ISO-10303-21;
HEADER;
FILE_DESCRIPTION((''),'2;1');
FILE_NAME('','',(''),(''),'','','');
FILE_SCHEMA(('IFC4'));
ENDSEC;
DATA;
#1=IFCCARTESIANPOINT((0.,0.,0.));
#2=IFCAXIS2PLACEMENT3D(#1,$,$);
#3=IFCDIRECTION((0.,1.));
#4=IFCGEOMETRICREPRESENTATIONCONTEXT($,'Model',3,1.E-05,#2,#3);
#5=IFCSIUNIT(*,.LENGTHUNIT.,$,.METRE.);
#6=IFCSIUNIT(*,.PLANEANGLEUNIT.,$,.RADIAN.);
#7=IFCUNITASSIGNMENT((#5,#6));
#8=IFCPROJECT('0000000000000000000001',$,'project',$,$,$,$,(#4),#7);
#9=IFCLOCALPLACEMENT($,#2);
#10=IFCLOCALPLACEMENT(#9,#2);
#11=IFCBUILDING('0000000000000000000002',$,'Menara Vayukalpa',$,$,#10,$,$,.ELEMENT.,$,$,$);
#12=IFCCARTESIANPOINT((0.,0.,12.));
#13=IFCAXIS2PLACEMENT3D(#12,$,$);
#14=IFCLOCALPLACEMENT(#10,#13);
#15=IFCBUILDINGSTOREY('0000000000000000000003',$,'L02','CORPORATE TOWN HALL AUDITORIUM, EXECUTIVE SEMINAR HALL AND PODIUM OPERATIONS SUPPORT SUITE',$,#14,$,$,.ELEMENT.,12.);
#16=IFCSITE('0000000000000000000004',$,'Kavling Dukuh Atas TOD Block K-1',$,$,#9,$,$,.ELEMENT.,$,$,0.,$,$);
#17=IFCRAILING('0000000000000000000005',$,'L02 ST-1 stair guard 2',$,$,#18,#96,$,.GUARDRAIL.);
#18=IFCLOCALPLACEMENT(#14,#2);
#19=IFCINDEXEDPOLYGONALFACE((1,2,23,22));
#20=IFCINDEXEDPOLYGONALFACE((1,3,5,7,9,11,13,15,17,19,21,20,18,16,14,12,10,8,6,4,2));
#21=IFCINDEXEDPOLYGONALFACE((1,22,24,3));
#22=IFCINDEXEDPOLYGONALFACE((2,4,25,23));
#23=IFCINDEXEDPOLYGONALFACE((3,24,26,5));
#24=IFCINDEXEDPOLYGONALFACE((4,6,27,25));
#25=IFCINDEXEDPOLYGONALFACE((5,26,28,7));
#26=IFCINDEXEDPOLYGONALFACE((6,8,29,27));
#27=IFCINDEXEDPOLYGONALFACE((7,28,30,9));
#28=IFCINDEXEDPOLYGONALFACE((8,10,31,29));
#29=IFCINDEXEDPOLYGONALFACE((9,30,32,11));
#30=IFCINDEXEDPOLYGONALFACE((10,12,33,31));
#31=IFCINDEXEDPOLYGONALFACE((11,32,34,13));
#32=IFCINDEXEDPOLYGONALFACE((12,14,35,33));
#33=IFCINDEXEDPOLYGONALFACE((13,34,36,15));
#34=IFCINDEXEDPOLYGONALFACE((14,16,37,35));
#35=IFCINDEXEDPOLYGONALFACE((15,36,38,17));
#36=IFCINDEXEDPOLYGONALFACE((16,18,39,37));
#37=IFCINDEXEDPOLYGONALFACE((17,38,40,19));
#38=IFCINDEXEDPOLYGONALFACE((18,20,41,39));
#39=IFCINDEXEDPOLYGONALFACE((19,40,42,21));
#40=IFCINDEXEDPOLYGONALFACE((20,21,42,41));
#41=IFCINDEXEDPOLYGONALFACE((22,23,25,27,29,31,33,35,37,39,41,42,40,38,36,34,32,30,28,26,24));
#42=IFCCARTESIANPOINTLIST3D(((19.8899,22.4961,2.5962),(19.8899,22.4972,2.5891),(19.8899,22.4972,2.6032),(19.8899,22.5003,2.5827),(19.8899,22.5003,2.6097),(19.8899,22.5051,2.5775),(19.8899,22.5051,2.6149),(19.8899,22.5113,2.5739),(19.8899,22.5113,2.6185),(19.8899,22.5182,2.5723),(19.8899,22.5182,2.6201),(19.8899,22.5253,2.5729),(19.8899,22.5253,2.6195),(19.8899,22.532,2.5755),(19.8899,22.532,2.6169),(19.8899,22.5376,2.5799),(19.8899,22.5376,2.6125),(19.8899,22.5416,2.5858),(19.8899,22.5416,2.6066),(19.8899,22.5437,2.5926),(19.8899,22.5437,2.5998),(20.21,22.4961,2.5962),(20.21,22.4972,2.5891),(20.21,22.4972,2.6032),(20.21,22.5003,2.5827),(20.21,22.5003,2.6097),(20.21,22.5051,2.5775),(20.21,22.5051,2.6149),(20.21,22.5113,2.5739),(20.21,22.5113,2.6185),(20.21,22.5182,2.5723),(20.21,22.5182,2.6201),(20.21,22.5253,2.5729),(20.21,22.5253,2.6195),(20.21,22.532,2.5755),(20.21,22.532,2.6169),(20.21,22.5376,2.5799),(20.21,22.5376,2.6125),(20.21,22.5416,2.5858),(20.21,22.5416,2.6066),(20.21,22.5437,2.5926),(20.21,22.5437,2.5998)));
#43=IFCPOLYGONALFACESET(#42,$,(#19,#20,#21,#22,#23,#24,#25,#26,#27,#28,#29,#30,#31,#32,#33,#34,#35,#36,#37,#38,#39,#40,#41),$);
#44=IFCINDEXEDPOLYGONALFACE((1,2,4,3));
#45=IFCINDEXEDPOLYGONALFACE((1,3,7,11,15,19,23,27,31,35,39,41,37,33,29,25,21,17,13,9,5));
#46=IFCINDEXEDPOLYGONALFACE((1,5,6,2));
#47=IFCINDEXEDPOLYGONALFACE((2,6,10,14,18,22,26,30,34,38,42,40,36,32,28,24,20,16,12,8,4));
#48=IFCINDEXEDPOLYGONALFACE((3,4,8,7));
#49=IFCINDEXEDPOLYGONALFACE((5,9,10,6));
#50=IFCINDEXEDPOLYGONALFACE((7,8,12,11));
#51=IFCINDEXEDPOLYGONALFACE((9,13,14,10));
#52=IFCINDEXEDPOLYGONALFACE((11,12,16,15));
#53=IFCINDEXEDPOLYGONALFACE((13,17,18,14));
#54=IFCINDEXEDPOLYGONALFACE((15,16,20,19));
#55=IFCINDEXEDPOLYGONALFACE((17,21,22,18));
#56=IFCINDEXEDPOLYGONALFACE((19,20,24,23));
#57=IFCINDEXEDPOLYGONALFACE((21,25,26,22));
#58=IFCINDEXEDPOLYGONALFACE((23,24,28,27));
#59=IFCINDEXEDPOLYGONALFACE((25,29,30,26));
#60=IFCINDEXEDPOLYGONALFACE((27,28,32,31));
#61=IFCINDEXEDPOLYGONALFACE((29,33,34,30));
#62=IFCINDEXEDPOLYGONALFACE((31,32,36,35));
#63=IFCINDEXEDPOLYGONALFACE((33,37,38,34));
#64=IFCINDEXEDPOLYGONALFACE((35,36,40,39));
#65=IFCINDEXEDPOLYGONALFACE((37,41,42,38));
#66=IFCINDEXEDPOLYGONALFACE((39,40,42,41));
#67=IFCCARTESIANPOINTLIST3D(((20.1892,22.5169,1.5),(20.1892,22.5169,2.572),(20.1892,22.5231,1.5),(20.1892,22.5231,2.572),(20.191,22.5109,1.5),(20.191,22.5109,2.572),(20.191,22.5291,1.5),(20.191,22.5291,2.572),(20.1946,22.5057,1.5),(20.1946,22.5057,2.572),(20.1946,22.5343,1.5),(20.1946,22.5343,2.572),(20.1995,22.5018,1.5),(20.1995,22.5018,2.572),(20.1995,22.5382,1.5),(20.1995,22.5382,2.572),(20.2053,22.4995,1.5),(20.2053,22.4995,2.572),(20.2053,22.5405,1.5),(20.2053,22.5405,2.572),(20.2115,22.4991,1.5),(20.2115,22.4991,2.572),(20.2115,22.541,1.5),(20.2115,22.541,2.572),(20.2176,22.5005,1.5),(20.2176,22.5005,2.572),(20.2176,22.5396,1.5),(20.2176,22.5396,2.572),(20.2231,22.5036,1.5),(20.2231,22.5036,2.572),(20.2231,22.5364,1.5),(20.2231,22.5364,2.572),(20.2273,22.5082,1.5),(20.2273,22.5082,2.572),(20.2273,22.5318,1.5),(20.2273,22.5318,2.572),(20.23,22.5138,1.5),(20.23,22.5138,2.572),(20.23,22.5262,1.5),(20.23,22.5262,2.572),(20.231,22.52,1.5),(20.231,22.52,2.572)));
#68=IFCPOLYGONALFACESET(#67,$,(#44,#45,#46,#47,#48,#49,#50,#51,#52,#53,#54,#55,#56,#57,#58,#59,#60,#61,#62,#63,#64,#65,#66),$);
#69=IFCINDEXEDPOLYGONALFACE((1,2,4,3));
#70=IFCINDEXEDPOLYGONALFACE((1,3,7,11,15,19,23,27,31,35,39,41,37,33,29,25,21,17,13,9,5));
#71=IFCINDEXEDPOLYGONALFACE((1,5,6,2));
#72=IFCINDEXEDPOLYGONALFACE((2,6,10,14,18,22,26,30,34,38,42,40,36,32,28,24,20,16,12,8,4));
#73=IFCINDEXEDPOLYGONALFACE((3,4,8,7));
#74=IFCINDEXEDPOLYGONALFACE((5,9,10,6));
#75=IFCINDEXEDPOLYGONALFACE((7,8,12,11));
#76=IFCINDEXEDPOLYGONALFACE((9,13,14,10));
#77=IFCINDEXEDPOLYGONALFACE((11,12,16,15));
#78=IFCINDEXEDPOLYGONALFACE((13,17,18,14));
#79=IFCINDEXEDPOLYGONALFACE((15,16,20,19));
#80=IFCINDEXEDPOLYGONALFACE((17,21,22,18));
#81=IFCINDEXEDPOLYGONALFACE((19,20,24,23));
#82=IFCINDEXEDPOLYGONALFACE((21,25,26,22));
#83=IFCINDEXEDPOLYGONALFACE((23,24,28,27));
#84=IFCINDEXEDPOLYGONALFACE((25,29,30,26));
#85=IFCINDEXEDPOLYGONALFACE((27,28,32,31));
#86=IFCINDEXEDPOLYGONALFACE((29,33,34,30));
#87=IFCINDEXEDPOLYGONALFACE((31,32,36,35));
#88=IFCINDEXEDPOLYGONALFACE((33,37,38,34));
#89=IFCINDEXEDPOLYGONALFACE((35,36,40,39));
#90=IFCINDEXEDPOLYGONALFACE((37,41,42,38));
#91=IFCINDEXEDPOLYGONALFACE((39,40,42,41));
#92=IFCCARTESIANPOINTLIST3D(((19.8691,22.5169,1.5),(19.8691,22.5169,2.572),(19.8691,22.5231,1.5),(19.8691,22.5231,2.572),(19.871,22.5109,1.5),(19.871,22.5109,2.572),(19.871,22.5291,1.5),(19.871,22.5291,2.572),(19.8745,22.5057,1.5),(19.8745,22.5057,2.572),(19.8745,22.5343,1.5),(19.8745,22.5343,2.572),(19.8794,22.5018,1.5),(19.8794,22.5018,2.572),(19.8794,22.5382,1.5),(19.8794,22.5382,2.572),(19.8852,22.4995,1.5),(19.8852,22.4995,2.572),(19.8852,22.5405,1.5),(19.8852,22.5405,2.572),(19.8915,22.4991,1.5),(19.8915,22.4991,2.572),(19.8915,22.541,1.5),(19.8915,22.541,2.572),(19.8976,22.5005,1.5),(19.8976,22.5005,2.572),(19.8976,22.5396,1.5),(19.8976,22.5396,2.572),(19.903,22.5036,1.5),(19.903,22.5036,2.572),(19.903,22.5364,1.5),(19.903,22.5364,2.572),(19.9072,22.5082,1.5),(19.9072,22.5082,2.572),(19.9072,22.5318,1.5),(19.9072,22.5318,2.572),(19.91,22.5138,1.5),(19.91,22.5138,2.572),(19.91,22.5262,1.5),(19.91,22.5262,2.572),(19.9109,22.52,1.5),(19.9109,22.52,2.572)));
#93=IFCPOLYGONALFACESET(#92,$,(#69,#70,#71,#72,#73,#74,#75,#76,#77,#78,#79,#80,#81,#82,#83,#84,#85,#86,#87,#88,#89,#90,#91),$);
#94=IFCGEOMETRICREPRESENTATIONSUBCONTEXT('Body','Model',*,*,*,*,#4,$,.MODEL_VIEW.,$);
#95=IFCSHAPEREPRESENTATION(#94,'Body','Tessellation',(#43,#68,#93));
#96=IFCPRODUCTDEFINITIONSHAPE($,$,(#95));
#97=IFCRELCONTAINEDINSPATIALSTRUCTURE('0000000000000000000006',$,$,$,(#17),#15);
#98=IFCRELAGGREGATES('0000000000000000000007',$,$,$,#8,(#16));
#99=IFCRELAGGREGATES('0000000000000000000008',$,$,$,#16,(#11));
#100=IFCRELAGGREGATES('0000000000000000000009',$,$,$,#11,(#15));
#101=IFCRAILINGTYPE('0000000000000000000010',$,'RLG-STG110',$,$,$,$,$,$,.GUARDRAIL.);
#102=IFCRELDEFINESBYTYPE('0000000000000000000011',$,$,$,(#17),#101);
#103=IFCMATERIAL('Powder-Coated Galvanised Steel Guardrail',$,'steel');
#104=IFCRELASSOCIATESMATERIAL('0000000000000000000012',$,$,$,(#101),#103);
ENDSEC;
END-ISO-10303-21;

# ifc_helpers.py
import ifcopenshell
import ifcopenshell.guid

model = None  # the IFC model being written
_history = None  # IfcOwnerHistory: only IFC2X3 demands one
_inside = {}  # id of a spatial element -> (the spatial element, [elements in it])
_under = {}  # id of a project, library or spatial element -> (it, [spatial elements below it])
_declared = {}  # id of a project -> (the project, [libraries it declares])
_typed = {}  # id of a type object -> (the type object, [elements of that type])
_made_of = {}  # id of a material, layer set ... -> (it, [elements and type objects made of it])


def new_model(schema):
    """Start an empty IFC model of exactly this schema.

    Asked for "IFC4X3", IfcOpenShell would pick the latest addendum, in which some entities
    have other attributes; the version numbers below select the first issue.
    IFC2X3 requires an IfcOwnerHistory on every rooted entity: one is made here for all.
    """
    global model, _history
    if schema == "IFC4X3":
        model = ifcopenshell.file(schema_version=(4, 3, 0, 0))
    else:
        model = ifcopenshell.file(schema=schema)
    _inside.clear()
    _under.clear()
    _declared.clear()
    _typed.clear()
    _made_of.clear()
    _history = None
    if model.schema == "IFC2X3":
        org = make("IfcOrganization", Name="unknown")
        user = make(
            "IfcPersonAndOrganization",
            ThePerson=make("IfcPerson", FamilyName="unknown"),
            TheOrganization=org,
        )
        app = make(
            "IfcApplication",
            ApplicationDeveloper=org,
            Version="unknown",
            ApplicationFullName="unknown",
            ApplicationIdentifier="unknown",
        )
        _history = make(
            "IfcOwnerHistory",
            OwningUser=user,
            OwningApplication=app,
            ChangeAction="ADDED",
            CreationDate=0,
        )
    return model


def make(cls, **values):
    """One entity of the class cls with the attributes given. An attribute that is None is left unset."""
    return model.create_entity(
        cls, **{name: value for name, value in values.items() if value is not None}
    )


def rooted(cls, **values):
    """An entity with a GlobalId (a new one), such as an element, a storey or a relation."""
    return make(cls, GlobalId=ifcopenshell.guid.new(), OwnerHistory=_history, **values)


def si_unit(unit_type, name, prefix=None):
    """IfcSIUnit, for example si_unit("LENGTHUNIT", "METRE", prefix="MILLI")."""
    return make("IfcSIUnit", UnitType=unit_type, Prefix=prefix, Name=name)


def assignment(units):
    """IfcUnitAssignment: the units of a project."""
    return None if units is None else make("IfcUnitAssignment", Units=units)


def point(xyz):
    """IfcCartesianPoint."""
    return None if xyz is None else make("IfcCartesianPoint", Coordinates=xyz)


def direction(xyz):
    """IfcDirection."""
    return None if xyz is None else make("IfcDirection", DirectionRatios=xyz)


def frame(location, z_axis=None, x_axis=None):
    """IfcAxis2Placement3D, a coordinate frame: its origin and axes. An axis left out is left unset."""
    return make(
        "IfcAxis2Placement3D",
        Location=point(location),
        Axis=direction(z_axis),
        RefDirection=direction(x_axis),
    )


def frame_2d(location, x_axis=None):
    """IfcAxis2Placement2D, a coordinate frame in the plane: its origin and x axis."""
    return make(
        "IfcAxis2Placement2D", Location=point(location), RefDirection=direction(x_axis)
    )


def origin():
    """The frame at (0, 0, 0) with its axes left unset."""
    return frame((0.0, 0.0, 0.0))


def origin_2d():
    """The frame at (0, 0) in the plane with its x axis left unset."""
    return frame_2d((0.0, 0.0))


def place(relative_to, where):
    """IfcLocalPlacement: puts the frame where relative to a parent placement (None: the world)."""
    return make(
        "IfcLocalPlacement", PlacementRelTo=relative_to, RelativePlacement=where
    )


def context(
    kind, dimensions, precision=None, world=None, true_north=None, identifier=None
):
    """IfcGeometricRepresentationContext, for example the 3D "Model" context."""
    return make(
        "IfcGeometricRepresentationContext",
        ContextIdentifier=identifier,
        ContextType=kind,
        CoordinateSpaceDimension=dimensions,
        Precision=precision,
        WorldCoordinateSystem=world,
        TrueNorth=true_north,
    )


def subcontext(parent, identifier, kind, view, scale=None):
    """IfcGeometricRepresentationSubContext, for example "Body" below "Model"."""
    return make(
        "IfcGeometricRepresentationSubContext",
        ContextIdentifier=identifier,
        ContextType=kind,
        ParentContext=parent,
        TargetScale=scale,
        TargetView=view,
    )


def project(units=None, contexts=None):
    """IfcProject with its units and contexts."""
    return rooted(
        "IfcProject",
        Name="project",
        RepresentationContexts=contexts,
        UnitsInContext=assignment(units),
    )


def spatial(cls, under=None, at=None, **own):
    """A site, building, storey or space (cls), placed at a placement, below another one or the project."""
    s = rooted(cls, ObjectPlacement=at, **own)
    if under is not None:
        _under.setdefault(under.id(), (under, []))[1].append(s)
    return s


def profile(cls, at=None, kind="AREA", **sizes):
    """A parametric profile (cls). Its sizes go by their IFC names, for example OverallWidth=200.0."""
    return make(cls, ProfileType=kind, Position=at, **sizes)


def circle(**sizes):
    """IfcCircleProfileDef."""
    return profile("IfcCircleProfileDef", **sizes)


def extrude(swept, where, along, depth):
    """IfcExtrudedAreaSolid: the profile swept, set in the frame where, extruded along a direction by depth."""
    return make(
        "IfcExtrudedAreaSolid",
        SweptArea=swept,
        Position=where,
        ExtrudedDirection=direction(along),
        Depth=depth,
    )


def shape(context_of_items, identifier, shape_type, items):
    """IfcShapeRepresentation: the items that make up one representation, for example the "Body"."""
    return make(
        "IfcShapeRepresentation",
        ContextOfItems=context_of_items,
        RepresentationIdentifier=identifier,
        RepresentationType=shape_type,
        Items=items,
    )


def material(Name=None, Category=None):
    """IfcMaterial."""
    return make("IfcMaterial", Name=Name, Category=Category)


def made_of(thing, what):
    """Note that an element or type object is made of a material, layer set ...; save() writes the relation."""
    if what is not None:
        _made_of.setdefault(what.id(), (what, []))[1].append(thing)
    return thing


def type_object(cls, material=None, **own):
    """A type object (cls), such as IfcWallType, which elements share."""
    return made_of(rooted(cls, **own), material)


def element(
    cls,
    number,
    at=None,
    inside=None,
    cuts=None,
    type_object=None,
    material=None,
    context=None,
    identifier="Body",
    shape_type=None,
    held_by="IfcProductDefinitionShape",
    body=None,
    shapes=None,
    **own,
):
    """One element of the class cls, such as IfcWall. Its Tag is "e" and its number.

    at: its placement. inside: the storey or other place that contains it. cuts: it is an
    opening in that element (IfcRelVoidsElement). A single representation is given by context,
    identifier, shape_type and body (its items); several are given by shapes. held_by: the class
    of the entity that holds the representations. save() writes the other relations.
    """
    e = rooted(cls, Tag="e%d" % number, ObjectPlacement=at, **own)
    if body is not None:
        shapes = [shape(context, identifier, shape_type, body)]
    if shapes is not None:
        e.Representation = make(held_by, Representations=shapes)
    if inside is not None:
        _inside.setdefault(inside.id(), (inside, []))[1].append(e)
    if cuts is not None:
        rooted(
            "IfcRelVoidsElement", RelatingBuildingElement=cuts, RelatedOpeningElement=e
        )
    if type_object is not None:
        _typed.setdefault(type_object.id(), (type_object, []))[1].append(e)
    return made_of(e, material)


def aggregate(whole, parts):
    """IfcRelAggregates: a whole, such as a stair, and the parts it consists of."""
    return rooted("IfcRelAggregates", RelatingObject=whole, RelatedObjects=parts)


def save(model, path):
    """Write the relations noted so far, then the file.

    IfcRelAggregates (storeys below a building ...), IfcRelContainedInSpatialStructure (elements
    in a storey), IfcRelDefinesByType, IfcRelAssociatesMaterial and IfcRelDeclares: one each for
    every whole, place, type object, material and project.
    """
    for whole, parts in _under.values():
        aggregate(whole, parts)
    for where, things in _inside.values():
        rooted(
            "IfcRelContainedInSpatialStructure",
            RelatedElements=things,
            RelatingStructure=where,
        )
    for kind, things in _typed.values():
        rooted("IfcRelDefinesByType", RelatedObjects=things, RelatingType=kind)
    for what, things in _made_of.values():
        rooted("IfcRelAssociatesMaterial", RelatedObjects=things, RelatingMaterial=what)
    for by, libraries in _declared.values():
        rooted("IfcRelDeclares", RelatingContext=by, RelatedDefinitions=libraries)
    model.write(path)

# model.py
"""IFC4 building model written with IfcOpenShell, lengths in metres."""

from ifc_helpers import new_model, si_unit, direction, frame, origin, origin_2d, place, context, subcontext, project, spatial, circle, extrude, material, type_object, element, save


model = new_model("IFC4")

# Units and contexts
model_context = context("Model", 3, precision=1e-05, world=origin(), true_north=direction((0.0, 1.0)))
body_context = subcontext(model_context, "Body", "Model", "MODEL_VIEW")
ifc_project = project(units=[si_unit("LENGTHUNIT", "METRE"), si_unit("PLANEANGLEUNIT", "RADIAN")], contexts=[model_context])

# Site, building, storey
site_placement = place(None, origin())
site = spatial("IfcSite", under=ifc_project, at=site_placement, Name="Kavling Dukuh Atas TOD Block K-1", CompositionType="ELEMENT", RefElevation=0.0)
building_placement = place(site_placement, origin())
building = spatial("IfcBuilding", under=site, at=building_placement, Name="Menara Vayukalpa", CompositionType="ELEMENT")
storey_placement = place(building_placement, frame((0.0, 0.0, 12.0)))
storey = spatial("IfcBuildingStorey", under=building, at=storey_placement, Name="L02", Description="CORPORATE TOWN HALL AUDITORIUM, EXECUTIVE SEMINAR HALL AND PODIUM OPERATIONS SUPPORT SUITE", CompositionType="ELEMENT", Elevation=12.0)

# Railing
ifc_material_1 = material(Name="Powder-Coated Galvanised Steel Guardrail", Category="steel")
railing_type_1 = type_object("IfcRailingType", Name="RLG-STG110", PredefinedType="GUARDRAIL", material=ifc_material_1)
railing_1_placement = place(storey_placement, frame((20.21, 22.52, 1.5)))
element("IfcRailing", 1, at=railing_1_placement, inside=storey, type_object=railing_type_1, Name="L02 ST-1 stair guard 2", PredefinedType="GUARDRAIL", context=body_context, shape_type="SweptSolid", body=[
    extrude(circle(Radius=0.0239, at=origin_2d()), frame((0.0, 0.0, 1.0962), z_axis=(-1.0, 0.0, 0.0), x_axis=(0.0, -1.0, 0.0)), (0.0, 0.0, 1.0), 0.3201),
    extrude(circle(Radius=0.021, at=origin_2d()), origin(), (0.0, 0.0, 1.0), 1.072),
    extrude(circle(Radius=0.021, at=origin_2d()), frame((-0.3201, 0.0, 0.0)), (0.0, 0.0, 1.0), 1.072),
])

save(model, "model.ifc")
